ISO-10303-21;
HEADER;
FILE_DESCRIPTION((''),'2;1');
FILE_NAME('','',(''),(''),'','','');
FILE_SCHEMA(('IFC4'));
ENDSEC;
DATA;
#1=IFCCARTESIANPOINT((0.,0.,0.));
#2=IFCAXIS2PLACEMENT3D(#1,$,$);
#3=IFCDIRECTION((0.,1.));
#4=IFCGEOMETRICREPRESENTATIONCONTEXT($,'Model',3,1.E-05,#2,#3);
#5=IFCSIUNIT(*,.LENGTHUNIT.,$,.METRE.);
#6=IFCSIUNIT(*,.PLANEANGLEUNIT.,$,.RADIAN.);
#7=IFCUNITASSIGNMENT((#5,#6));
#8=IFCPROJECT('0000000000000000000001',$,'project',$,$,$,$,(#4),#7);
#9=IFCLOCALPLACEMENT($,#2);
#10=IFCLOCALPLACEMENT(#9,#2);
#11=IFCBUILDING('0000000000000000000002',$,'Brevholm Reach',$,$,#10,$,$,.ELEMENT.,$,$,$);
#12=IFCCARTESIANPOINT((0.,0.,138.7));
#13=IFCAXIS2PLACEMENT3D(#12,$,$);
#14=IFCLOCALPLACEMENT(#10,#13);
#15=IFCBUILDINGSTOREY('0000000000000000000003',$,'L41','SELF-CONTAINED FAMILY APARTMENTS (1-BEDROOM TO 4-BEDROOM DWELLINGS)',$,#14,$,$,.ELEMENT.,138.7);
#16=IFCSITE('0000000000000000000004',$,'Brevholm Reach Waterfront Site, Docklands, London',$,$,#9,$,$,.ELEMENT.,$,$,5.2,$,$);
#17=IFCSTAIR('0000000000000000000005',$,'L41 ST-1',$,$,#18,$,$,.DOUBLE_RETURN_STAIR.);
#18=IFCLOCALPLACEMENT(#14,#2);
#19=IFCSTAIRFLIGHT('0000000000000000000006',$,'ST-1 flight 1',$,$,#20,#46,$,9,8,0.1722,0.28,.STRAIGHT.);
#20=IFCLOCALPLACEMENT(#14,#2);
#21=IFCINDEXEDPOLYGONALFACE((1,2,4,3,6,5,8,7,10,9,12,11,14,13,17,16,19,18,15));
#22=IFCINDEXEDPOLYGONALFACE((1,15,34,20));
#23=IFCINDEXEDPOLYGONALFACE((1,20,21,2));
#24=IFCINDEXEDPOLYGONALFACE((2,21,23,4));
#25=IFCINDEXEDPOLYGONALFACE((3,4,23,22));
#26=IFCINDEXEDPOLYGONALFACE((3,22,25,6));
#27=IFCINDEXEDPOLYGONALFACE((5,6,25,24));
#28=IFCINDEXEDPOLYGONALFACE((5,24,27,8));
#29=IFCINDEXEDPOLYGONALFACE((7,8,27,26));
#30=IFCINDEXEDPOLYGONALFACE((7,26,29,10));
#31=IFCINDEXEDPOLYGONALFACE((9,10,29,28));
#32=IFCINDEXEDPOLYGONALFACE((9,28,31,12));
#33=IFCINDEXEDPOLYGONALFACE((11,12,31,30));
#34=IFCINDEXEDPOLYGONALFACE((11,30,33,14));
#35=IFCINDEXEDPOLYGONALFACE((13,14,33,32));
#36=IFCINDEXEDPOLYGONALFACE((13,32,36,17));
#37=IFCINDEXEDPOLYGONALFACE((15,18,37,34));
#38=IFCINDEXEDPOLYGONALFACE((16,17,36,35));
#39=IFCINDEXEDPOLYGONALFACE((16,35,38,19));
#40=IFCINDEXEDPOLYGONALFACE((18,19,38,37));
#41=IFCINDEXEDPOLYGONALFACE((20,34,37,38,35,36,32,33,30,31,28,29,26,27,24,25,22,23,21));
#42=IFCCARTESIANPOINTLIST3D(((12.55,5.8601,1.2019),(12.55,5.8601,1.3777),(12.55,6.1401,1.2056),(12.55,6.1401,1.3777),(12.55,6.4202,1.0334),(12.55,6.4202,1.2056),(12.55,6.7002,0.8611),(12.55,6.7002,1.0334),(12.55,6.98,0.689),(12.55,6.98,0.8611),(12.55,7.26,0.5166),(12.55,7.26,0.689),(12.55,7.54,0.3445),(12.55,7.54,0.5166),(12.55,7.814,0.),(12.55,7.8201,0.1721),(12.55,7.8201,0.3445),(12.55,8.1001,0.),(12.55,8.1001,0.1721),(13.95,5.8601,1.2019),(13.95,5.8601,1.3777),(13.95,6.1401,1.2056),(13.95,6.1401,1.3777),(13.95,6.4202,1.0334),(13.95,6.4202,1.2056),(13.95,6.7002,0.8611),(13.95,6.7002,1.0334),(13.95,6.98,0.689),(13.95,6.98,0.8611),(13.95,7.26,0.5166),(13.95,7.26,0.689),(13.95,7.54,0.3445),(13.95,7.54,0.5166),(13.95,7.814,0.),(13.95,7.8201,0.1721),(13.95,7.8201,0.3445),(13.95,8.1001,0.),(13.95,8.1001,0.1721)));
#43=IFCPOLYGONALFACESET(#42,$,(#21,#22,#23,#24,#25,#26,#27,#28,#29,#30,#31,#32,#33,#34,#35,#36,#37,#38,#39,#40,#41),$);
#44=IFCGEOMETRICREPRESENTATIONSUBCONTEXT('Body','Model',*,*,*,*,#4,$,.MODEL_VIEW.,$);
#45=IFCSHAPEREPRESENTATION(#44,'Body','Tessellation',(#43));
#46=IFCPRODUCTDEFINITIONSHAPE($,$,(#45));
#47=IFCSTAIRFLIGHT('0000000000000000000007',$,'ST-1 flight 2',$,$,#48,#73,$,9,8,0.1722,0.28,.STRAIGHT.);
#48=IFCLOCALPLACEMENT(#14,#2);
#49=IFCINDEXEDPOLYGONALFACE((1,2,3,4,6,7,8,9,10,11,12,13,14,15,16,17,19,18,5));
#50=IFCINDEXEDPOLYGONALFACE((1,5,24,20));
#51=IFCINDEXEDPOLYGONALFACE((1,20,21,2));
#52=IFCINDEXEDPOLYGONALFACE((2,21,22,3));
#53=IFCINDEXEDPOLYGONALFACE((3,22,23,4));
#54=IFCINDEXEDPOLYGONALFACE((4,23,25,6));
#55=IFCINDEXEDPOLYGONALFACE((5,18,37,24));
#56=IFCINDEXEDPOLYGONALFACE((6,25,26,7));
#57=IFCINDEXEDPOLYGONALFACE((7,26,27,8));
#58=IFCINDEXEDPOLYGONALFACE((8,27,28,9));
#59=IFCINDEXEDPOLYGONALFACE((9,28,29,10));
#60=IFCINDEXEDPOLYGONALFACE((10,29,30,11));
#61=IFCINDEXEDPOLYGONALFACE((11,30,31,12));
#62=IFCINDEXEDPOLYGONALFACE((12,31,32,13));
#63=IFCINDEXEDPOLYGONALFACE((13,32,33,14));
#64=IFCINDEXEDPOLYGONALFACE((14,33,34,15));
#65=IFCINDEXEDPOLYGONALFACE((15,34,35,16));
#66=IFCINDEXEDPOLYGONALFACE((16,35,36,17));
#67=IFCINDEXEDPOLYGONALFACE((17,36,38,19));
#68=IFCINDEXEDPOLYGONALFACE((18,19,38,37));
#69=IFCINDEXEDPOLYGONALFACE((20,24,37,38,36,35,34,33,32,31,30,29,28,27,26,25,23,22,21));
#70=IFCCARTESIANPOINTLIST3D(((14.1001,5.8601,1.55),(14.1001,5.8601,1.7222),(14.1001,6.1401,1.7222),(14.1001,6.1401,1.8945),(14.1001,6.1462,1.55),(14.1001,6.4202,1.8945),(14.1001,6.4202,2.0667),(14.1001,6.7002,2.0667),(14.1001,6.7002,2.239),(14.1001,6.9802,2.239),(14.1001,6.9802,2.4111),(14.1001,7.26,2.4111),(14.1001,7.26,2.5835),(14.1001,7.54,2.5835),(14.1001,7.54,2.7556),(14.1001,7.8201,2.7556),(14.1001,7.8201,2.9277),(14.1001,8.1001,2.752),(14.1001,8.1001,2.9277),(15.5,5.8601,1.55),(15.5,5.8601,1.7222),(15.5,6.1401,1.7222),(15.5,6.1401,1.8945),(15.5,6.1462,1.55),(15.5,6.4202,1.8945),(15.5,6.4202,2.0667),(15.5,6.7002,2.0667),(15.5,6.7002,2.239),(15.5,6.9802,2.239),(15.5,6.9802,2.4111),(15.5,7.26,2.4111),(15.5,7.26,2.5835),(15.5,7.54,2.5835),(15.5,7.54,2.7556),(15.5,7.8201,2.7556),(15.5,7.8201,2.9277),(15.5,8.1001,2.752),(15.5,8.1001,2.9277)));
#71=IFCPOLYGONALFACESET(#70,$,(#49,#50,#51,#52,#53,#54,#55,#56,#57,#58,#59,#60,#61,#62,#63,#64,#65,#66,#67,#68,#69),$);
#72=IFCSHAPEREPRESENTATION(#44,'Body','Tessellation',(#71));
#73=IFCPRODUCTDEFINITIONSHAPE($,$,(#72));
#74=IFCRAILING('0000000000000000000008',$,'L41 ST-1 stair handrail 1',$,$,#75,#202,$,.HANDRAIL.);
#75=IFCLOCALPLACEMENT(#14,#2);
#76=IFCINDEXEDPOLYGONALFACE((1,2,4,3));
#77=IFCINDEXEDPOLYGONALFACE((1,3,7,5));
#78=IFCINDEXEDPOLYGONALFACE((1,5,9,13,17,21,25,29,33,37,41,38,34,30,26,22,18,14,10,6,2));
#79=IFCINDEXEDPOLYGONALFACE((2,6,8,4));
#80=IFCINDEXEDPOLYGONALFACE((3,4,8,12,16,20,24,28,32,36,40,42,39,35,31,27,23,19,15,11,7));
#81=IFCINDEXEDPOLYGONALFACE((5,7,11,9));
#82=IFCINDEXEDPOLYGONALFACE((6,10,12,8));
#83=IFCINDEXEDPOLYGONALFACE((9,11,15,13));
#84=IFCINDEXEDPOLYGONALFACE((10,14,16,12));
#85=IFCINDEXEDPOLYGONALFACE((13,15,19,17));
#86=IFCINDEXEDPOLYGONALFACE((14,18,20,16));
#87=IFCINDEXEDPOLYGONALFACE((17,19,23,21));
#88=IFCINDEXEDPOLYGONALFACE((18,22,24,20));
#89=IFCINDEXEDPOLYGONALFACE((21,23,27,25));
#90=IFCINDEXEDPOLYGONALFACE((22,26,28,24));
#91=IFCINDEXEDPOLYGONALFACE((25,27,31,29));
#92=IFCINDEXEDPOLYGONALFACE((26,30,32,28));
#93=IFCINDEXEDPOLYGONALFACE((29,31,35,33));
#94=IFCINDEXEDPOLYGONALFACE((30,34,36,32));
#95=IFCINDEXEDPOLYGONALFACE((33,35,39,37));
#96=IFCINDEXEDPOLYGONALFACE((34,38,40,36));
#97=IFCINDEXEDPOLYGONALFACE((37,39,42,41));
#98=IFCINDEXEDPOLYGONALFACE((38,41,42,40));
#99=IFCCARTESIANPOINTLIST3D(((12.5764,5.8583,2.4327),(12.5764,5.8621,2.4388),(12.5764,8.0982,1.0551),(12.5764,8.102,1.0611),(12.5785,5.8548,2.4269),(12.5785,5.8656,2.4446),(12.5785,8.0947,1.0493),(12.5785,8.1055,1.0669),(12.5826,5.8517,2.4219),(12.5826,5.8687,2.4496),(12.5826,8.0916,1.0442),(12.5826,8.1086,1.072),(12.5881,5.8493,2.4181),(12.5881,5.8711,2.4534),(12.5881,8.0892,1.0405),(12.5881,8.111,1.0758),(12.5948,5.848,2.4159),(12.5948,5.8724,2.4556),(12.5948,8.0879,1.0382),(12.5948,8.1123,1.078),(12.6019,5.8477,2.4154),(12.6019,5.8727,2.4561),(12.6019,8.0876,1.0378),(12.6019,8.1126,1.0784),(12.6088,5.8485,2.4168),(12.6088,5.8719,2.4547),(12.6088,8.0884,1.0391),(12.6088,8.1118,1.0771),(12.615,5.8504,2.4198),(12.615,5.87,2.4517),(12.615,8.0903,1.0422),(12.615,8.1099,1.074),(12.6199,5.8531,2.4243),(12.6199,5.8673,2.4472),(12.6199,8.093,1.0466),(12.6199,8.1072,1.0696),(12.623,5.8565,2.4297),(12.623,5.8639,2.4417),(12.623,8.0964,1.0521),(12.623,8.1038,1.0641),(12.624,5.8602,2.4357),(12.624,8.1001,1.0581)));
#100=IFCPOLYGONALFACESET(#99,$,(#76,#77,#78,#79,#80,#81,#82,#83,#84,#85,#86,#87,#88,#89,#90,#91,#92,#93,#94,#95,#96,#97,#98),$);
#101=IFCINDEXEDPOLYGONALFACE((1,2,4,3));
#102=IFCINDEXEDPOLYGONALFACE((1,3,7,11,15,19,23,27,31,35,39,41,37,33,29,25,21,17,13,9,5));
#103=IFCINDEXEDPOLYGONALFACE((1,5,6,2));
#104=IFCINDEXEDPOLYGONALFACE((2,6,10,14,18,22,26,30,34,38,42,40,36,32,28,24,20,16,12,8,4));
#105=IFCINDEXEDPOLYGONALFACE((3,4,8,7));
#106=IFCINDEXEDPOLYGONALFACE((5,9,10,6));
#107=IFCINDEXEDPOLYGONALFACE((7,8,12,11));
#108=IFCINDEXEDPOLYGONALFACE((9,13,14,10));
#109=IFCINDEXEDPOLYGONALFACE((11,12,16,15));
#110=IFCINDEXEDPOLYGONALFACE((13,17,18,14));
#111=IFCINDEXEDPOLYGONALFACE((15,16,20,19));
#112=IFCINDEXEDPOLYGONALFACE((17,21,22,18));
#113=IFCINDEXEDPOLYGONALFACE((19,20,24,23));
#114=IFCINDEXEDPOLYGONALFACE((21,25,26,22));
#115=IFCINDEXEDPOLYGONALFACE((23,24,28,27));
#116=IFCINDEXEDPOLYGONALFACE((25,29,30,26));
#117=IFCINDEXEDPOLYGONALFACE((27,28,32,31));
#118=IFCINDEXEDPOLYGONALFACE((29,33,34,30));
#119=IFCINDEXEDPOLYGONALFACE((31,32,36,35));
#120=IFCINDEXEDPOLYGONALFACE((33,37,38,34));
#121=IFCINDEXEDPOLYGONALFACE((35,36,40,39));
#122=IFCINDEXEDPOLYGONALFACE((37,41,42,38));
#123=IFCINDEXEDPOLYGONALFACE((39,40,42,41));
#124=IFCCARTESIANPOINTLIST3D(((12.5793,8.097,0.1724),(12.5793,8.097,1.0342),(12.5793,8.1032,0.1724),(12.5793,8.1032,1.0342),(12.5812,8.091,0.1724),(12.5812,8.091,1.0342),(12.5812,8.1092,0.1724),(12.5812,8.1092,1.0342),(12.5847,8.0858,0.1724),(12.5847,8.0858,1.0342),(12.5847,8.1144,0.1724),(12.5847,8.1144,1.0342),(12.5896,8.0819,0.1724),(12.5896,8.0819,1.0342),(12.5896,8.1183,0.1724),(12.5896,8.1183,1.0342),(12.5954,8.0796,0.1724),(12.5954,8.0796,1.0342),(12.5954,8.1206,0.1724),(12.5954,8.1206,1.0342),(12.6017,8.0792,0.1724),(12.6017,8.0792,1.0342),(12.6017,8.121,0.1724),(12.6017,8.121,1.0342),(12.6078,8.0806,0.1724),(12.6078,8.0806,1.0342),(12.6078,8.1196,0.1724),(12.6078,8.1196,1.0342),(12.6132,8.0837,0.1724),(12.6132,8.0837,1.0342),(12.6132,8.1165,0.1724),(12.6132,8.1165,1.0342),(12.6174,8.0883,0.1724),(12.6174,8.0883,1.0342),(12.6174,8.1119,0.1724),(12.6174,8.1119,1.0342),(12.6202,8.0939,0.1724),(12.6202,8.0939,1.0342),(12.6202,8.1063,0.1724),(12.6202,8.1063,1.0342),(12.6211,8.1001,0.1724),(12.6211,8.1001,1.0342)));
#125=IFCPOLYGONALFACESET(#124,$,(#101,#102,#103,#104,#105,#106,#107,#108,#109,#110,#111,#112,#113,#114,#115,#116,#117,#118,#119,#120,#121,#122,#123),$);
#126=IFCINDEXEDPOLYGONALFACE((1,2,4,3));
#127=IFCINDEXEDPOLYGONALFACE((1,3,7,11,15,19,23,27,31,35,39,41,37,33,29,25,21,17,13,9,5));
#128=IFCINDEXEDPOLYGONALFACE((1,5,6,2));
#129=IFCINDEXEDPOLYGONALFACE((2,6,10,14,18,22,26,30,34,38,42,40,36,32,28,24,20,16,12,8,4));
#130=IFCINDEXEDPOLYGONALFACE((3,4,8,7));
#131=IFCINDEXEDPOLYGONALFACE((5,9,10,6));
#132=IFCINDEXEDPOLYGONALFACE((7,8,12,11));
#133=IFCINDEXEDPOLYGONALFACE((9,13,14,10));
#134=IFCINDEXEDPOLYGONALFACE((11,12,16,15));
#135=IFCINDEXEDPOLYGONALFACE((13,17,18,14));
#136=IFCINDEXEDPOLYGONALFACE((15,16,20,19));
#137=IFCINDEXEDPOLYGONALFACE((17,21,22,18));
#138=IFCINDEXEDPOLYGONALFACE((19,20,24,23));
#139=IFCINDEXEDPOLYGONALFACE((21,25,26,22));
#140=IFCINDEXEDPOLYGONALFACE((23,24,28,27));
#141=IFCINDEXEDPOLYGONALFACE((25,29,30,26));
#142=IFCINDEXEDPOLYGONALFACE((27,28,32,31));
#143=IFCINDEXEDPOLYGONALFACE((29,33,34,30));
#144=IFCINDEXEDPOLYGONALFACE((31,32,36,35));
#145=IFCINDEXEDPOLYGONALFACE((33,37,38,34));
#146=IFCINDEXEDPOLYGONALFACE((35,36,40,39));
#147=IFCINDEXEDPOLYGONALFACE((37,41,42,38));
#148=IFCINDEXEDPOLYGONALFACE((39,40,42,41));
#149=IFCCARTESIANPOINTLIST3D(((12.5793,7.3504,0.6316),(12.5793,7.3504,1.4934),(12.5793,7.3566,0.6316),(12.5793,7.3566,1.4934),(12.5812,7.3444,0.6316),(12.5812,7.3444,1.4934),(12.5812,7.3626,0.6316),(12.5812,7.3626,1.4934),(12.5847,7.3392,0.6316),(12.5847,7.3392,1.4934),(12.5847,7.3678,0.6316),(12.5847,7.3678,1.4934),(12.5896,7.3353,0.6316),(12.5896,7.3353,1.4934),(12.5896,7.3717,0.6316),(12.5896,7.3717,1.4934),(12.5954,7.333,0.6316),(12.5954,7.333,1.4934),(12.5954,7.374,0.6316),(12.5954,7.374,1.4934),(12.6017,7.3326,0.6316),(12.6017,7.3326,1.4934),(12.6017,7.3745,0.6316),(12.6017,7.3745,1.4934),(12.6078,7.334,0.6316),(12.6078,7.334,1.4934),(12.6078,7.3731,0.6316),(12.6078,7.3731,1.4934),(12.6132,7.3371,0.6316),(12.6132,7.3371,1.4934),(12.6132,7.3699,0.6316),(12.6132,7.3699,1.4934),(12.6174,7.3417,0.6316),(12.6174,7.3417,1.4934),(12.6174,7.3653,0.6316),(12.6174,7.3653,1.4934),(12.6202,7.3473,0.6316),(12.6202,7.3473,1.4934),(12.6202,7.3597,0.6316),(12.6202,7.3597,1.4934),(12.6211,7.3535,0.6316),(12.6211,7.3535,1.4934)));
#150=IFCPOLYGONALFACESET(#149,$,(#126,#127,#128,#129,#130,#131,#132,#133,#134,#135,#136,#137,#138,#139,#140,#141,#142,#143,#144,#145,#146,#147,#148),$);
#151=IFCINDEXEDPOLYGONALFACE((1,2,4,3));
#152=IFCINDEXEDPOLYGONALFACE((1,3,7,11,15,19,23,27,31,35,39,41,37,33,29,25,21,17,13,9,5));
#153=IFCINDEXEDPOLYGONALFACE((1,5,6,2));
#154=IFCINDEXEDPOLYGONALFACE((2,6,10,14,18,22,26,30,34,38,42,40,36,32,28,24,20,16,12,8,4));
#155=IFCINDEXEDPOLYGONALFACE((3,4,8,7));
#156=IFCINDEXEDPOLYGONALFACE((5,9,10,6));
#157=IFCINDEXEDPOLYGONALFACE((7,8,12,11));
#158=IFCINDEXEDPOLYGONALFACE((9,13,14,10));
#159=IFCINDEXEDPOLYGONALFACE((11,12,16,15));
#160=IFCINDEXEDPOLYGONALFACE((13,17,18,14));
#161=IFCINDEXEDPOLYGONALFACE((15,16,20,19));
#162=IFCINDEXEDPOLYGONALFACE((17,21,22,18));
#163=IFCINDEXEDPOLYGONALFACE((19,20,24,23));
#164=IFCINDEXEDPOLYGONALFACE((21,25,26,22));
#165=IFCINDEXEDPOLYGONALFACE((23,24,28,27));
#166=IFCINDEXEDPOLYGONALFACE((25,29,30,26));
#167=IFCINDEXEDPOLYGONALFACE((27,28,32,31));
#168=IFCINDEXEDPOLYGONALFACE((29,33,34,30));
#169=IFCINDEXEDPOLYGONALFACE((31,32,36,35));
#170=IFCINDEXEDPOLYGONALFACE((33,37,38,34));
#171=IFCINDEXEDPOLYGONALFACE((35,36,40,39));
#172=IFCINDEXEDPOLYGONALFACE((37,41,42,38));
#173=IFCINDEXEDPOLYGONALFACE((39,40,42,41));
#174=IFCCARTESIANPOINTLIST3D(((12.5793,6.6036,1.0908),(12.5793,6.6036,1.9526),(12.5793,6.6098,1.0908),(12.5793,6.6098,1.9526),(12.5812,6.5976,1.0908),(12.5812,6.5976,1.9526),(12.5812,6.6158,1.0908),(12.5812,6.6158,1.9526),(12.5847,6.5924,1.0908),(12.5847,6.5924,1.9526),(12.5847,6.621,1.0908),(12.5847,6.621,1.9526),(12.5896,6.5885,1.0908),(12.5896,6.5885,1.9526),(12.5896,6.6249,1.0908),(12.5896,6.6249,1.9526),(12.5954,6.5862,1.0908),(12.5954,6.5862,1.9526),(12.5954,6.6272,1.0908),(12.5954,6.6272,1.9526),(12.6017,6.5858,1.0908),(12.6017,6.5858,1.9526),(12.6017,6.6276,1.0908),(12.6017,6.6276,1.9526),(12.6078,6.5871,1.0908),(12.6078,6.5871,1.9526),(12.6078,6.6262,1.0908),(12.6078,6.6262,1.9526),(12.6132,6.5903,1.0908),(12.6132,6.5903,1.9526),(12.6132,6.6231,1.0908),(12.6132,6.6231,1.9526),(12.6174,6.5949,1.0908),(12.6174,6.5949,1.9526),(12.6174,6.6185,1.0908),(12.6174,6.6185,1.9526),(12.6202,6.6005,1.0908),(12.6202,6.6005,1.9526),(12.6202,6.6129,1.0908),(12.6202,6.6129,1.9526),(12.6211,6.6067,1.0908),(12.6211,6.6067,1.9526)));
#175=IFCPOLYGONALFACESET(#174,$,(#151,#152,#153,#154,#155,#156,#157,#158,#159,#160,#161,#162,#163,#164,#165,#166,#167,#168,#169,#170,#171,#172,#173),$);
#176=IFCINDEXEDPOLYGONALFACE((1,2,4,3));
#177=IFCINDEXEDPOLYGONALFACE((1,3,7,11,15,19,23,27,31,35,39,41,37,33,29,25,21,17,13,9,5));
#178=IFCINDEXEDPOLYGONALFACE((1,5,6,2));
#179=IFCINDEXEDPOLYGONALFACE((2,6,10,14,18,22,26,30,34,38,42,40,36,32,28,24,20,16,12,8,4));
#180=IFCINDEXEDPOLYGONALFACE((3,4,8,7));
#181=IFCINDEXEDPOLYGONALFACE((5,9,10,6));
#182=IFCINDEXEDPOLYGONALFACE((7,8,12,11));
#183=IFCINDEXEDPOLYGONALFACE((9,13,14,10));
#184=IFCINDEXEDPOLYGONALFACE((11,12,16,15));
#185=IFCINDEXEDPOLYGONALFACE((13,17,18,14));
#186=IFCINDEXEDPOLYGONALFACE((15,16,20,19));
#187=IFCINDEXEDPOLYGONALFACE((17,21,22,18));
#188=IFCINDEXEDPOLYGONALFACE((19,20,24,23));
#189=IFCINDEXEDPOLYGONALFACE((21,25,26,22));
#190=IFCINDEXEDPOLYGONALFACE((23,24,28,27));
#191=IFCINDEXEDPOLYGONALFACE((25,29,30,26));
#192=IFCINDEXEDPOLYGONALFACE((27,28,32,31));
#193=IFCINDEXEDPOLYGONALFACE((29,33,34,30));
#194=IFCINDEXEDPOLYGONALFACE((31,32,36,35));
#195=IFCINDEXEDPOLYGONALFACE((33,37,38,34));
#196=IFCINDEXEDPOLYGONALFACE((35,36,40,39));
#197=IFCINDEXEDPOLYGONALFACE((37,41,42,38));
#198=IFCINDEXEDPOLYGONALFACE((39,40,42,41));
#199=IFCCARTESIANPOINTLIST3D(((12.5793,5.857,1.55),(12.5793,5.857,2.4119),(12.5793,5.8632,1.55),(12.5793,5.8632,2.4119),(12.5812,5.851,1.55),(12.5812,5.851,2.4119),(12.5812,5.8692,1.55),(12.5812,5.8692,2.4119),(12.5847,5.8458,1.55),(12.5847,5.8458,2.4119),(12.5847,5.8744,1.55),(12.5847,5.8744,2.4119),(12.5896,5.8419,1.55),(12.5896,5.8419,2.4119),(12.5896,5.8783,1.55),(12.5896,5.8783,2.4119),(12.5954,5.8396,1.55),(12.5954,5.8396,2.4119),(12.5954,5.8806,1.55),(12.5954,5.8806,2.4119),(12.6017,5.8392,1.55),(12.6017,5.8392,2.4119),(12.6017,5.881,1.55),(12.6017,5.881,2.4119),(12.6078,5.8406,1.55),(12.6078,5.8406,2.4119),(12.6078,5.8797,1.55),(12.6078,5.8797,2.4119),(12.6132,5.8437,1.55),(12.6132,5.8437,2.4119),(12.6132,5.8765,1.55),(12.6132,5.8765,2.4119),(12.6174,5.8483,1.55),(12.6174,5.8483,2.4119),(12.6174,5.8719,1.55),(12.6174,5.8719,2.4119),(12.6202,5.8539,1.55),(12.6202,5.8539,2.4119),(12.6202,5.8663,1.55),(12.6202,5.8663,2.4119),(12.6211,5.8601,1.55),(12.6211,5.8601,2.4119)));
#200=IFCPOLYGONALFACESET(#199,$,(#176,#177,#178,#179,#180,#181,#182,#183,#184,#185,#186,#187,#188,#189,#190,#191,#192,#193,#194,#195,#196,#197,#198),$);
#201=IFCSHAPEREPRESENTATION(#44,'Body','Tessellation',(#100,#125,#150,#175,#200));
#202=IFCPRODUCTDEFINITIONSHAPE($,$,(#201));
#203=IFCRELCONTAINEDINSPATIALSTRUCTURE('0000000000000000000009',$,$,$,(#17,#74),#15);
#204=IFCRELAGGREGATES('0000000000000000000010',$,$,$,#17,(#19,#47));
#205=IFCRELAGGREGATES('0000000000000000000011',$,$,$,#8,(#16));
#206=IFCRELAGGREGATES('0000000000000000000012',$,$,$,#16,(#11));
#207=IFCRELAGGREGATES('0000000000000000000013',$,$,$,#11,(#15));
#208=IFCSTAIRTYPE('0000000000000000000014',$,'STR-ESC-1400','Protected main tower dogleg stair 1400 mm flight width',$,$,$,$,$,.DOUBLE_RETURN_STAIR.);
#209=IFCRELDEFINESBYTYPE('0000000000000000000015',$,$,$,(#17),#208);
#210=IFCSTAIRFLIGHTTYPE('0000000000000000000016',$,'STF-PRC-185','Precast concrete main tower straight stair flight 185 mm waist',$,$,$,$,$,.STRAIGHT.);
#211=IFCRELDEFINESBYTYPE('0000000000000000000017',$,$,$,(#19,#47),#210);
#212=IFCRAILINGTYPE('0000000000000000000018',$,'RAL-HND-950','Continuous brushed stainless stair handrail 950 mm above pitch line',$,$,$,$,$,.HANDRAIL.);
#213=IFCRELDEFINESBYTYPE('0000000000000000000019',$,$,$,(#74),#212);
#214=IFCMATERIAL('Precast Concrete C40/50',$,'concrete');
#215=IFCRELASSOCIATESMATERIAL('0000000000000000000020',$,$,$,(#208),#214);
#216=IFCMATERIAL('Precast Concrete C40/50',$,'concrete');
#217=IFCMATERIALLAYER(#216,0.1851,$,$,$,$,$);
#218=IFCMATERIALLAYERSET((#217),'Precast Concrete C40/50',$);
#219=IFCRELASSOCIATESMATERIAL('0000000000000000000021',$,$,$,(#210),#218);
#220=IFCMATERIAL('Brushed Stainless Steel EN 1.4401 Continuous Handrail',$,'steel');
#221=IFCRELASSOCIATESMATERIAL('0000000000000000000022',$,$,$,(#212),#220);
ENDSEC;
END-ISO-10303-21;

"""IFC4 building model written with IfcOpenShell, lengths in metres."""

from ifc_helpers import new_model, si_unit, direction, frame, origin, origin_2d, place, context, subcontext, project, spatial, polyline, circle, outline, extrude, material, layer, layer_set, type_object, element, aggregate, save


model = new_model("IFC4")

# Units and contexts
model_context = context("Model", 3, precision=1e-05, world=origin(), true_north=direction((0.0, 1.0)))
body_context = subcontext(model_context, "Body", "Model", "MODEL_VIEW")
ifc_project = project(units=[si_unit("LENGTHUNIT", "METRE"), si_unit("PLANEANGLEUNIT", "RADIAN")], contexts=[model_context])

# Site, building, storey
site_placement = place(None, origin())
site = spatial("IfcSite", under=ifc_project, at=site_placement, Name="Brevholm Reach Waterfront Site, Docklands, London", CompositionType="ELEMENT", RefElevation=5.2)
building_placement = place(site_placement, origin())
building = spatial("IfcBuilding", under=site, at=building_placement, Name="Brevholm Reach", CompositionType="ELEMENT")
storey_placement = place(building_placement, frame((0.0, 0.0, 138.7)))
storey = spatial("IfcBuildingStorey", under=building, at=storey_placement, Name="L41", Description="SELF-CONTAINED FAMILY APARTMENTS (1-BEDROOM TO 4-BEDROOM DWELLINGS)", CompositionType="ELEMENT", Elevation=138.7)

# Stair, stair flights
ifc_material_1 = material(Name="Precast Concrete C40/50", Category="concrete")
stair_type = type_object("IfcStairType", Name="STR-ESC-1400", Description="Protected main tower dogleg stair 1400 mm flight width", PredefinedType="DOUBLE_RETURN_STAIR", material=ifc_material_1)
stair_placement = place(storey_placement, origin())
stair = element("IfcStair", 1, at=stair_placement, inside=storey, type_object=stair_type, Name="L41 ST-1", PredefinedType="DOUBLE_RETURN_STAIR")
ifc_material_2 = material(Name="Precast Concrete C40/50", Category="concrete")
ifc_layer_1 = layer(ifc_material_2, 0.1851)
ifc_layer_set_1 = layer_set([ifc_layer_1], Name="Precast Concrete C40/50")
stair_flight_type = type_object("IfcStairFlightType", Name="STF-PRC-185", Description="Precast concrete main tower straight stair flight 185 mm waist", PredefinedType="STRAIGHT", material=ifc_layer_set_1)
stair_flight_1_placement = place(storey_placement, frame((13.25, 8.1001, 0.0), z_axis=(0.0, 0.0, 1.0), x_axis=(0.0, -1.0, 0.0)))
stair_flight_1 = element("IfcStairFlight", 2, at=stair_flight_1_placement, type_object=stair_flight_type, Name="ST-1 flight 1", NumberOfRisers=9, NumberOfTreads=8, PredefinedType="STRAIGHT", RiserHeight=0.1722, TreadLength=0.28, context=body_context, shape_type="SweptSolid", body=[
    extrude(outline(polyline([(0.0, 0.0), (0.0, 0.1721), (0.28, 0.1721), (0.28, 0.3445), (0.5601, 0.3445), (0.5601, 0.5166), (0.8401, 0.5166), (0.8401, 0.689), (1.1201, 0.689), (1.1201, 0.8611), (1.3999, 0.8611), (1.3999, 1.0334), (1.6799, 1.0334), (1.6799, 1.2056), (1.96, 1.2056), (1.96, 1.3777), (2.24, 1.3777), (2.24, 1.55), (2.24, 1.2019), (0.2861, 0.0), (0.0, 0.0)])), frame((0.0, 0.7, 0.0), z_axis=(0.0, -1.0, 0.0), x_axis=(1.0, 0.0, 0.0)), (0.0, 0.0, 1.0), 1.3999),
])
stair_flight_2_placement = place(storey_placement, frame((14.8, 5.8601, 1.55), z_axis=(0.0, 0.0, 1.0), x_axis=(0.0, 1.0, 0.0)))
stair_flight_2 = element("IfcStairFlight", 3, at=stair_flight_2_placement, type_object=stair_flight_type, Name="ST-1 flight 2", NumberOfRisers=9, NumberOfTreads=8, PredefinedType="STRAIGHT", RiserHeight=0.1722, TreadLength=0.28, context=body_context, shape_type="SweptSolid", body=[
    extrude(outline(polyline([(0.0, 0.0), (0.0, 0.1721), (0.28, 0.1721), (0.28, 0.3445), (0.5601, 0.3445), (0.5601, 0.5166), (0.8401, 0.5166), (0.8401, 0.689), (1.1201, 0.689), (1.1201, 0.8611), (1.3999, 0.8611), (1.3999, 1.0334), (1.6799, 1.0334), (1.6799, 1.2056), (1.96, 1.2056), (1.96, 1.3777), (2.24, 1.3777), (2.24, 1.55), (2.24, 1.2019), (0.2861, 0.0), (0.0, 0.0)])), frame((0.0, 0.7, 0.0), z_axis=(0.0, -1.0, 0.0), x_axis=(1.0, 0.0, 0.0)), (0.0, 0.0, 1.0), 1.3999),
])
aggregate(stair, [stair_flight_1, stair_flight_2])

# Railing
ifc_material_3 = material(Name="Brushed Stainless Steel EN 1.4401 Continuous Handrail", Category="steel")
railing_type_1 = type_object("IfcRailingType", Name="RAL-HND-950", Description="Continuous brushed stainless stair handrail 950 mm above pitch line", PredefinedType="HANDRAIL", material=ifc_material_3)
railing_1_placement = place(storey_placement, frame((12.6001, 8.1001, 0.1724)))
element("IfcRailing", 4, at=railing_1_placement, inside=storey, type_object=railing_type_1, Name="L41 ST-1 stair handrail 1", PredefinedType="HANDRAIL", context=body_context, shape_type="SweptSolid", body=[
    extrude(circle(Radius=0.0239, at=origin_2d()), frame((0.0, 0.0, 0.8857), z_axis=(0.0, -0.851789, 0.523885), x_axis=(1.0, 0.0, 0.0)), (0.0, 0.0, 1.0), 2.6296),
    extrude(circle(Radius=0.021, at=origin_2d()), origin(), (0.0, 0.0, 1.0), 0.8618),
    extrude(circle(Radius=0.021, at=origin_2d()), frame((0.0, -0.7466, 0.4592)), (0.0, 0.0, 1.0), 0.8618),
    extrude(circle(Radius=0.021, at=origin_2d()), frame((0.0, -1.4934, 0.9185)), (0.0, 0.0, 1.0), 0.8618),
    extrude(circle(Radius=0.021, at=origin_2d()), frame((0.0, -2.24, 1.3777)), (0.0, 0.0, 1.0), 0.8618),
])

save(model, "model.ifc")
